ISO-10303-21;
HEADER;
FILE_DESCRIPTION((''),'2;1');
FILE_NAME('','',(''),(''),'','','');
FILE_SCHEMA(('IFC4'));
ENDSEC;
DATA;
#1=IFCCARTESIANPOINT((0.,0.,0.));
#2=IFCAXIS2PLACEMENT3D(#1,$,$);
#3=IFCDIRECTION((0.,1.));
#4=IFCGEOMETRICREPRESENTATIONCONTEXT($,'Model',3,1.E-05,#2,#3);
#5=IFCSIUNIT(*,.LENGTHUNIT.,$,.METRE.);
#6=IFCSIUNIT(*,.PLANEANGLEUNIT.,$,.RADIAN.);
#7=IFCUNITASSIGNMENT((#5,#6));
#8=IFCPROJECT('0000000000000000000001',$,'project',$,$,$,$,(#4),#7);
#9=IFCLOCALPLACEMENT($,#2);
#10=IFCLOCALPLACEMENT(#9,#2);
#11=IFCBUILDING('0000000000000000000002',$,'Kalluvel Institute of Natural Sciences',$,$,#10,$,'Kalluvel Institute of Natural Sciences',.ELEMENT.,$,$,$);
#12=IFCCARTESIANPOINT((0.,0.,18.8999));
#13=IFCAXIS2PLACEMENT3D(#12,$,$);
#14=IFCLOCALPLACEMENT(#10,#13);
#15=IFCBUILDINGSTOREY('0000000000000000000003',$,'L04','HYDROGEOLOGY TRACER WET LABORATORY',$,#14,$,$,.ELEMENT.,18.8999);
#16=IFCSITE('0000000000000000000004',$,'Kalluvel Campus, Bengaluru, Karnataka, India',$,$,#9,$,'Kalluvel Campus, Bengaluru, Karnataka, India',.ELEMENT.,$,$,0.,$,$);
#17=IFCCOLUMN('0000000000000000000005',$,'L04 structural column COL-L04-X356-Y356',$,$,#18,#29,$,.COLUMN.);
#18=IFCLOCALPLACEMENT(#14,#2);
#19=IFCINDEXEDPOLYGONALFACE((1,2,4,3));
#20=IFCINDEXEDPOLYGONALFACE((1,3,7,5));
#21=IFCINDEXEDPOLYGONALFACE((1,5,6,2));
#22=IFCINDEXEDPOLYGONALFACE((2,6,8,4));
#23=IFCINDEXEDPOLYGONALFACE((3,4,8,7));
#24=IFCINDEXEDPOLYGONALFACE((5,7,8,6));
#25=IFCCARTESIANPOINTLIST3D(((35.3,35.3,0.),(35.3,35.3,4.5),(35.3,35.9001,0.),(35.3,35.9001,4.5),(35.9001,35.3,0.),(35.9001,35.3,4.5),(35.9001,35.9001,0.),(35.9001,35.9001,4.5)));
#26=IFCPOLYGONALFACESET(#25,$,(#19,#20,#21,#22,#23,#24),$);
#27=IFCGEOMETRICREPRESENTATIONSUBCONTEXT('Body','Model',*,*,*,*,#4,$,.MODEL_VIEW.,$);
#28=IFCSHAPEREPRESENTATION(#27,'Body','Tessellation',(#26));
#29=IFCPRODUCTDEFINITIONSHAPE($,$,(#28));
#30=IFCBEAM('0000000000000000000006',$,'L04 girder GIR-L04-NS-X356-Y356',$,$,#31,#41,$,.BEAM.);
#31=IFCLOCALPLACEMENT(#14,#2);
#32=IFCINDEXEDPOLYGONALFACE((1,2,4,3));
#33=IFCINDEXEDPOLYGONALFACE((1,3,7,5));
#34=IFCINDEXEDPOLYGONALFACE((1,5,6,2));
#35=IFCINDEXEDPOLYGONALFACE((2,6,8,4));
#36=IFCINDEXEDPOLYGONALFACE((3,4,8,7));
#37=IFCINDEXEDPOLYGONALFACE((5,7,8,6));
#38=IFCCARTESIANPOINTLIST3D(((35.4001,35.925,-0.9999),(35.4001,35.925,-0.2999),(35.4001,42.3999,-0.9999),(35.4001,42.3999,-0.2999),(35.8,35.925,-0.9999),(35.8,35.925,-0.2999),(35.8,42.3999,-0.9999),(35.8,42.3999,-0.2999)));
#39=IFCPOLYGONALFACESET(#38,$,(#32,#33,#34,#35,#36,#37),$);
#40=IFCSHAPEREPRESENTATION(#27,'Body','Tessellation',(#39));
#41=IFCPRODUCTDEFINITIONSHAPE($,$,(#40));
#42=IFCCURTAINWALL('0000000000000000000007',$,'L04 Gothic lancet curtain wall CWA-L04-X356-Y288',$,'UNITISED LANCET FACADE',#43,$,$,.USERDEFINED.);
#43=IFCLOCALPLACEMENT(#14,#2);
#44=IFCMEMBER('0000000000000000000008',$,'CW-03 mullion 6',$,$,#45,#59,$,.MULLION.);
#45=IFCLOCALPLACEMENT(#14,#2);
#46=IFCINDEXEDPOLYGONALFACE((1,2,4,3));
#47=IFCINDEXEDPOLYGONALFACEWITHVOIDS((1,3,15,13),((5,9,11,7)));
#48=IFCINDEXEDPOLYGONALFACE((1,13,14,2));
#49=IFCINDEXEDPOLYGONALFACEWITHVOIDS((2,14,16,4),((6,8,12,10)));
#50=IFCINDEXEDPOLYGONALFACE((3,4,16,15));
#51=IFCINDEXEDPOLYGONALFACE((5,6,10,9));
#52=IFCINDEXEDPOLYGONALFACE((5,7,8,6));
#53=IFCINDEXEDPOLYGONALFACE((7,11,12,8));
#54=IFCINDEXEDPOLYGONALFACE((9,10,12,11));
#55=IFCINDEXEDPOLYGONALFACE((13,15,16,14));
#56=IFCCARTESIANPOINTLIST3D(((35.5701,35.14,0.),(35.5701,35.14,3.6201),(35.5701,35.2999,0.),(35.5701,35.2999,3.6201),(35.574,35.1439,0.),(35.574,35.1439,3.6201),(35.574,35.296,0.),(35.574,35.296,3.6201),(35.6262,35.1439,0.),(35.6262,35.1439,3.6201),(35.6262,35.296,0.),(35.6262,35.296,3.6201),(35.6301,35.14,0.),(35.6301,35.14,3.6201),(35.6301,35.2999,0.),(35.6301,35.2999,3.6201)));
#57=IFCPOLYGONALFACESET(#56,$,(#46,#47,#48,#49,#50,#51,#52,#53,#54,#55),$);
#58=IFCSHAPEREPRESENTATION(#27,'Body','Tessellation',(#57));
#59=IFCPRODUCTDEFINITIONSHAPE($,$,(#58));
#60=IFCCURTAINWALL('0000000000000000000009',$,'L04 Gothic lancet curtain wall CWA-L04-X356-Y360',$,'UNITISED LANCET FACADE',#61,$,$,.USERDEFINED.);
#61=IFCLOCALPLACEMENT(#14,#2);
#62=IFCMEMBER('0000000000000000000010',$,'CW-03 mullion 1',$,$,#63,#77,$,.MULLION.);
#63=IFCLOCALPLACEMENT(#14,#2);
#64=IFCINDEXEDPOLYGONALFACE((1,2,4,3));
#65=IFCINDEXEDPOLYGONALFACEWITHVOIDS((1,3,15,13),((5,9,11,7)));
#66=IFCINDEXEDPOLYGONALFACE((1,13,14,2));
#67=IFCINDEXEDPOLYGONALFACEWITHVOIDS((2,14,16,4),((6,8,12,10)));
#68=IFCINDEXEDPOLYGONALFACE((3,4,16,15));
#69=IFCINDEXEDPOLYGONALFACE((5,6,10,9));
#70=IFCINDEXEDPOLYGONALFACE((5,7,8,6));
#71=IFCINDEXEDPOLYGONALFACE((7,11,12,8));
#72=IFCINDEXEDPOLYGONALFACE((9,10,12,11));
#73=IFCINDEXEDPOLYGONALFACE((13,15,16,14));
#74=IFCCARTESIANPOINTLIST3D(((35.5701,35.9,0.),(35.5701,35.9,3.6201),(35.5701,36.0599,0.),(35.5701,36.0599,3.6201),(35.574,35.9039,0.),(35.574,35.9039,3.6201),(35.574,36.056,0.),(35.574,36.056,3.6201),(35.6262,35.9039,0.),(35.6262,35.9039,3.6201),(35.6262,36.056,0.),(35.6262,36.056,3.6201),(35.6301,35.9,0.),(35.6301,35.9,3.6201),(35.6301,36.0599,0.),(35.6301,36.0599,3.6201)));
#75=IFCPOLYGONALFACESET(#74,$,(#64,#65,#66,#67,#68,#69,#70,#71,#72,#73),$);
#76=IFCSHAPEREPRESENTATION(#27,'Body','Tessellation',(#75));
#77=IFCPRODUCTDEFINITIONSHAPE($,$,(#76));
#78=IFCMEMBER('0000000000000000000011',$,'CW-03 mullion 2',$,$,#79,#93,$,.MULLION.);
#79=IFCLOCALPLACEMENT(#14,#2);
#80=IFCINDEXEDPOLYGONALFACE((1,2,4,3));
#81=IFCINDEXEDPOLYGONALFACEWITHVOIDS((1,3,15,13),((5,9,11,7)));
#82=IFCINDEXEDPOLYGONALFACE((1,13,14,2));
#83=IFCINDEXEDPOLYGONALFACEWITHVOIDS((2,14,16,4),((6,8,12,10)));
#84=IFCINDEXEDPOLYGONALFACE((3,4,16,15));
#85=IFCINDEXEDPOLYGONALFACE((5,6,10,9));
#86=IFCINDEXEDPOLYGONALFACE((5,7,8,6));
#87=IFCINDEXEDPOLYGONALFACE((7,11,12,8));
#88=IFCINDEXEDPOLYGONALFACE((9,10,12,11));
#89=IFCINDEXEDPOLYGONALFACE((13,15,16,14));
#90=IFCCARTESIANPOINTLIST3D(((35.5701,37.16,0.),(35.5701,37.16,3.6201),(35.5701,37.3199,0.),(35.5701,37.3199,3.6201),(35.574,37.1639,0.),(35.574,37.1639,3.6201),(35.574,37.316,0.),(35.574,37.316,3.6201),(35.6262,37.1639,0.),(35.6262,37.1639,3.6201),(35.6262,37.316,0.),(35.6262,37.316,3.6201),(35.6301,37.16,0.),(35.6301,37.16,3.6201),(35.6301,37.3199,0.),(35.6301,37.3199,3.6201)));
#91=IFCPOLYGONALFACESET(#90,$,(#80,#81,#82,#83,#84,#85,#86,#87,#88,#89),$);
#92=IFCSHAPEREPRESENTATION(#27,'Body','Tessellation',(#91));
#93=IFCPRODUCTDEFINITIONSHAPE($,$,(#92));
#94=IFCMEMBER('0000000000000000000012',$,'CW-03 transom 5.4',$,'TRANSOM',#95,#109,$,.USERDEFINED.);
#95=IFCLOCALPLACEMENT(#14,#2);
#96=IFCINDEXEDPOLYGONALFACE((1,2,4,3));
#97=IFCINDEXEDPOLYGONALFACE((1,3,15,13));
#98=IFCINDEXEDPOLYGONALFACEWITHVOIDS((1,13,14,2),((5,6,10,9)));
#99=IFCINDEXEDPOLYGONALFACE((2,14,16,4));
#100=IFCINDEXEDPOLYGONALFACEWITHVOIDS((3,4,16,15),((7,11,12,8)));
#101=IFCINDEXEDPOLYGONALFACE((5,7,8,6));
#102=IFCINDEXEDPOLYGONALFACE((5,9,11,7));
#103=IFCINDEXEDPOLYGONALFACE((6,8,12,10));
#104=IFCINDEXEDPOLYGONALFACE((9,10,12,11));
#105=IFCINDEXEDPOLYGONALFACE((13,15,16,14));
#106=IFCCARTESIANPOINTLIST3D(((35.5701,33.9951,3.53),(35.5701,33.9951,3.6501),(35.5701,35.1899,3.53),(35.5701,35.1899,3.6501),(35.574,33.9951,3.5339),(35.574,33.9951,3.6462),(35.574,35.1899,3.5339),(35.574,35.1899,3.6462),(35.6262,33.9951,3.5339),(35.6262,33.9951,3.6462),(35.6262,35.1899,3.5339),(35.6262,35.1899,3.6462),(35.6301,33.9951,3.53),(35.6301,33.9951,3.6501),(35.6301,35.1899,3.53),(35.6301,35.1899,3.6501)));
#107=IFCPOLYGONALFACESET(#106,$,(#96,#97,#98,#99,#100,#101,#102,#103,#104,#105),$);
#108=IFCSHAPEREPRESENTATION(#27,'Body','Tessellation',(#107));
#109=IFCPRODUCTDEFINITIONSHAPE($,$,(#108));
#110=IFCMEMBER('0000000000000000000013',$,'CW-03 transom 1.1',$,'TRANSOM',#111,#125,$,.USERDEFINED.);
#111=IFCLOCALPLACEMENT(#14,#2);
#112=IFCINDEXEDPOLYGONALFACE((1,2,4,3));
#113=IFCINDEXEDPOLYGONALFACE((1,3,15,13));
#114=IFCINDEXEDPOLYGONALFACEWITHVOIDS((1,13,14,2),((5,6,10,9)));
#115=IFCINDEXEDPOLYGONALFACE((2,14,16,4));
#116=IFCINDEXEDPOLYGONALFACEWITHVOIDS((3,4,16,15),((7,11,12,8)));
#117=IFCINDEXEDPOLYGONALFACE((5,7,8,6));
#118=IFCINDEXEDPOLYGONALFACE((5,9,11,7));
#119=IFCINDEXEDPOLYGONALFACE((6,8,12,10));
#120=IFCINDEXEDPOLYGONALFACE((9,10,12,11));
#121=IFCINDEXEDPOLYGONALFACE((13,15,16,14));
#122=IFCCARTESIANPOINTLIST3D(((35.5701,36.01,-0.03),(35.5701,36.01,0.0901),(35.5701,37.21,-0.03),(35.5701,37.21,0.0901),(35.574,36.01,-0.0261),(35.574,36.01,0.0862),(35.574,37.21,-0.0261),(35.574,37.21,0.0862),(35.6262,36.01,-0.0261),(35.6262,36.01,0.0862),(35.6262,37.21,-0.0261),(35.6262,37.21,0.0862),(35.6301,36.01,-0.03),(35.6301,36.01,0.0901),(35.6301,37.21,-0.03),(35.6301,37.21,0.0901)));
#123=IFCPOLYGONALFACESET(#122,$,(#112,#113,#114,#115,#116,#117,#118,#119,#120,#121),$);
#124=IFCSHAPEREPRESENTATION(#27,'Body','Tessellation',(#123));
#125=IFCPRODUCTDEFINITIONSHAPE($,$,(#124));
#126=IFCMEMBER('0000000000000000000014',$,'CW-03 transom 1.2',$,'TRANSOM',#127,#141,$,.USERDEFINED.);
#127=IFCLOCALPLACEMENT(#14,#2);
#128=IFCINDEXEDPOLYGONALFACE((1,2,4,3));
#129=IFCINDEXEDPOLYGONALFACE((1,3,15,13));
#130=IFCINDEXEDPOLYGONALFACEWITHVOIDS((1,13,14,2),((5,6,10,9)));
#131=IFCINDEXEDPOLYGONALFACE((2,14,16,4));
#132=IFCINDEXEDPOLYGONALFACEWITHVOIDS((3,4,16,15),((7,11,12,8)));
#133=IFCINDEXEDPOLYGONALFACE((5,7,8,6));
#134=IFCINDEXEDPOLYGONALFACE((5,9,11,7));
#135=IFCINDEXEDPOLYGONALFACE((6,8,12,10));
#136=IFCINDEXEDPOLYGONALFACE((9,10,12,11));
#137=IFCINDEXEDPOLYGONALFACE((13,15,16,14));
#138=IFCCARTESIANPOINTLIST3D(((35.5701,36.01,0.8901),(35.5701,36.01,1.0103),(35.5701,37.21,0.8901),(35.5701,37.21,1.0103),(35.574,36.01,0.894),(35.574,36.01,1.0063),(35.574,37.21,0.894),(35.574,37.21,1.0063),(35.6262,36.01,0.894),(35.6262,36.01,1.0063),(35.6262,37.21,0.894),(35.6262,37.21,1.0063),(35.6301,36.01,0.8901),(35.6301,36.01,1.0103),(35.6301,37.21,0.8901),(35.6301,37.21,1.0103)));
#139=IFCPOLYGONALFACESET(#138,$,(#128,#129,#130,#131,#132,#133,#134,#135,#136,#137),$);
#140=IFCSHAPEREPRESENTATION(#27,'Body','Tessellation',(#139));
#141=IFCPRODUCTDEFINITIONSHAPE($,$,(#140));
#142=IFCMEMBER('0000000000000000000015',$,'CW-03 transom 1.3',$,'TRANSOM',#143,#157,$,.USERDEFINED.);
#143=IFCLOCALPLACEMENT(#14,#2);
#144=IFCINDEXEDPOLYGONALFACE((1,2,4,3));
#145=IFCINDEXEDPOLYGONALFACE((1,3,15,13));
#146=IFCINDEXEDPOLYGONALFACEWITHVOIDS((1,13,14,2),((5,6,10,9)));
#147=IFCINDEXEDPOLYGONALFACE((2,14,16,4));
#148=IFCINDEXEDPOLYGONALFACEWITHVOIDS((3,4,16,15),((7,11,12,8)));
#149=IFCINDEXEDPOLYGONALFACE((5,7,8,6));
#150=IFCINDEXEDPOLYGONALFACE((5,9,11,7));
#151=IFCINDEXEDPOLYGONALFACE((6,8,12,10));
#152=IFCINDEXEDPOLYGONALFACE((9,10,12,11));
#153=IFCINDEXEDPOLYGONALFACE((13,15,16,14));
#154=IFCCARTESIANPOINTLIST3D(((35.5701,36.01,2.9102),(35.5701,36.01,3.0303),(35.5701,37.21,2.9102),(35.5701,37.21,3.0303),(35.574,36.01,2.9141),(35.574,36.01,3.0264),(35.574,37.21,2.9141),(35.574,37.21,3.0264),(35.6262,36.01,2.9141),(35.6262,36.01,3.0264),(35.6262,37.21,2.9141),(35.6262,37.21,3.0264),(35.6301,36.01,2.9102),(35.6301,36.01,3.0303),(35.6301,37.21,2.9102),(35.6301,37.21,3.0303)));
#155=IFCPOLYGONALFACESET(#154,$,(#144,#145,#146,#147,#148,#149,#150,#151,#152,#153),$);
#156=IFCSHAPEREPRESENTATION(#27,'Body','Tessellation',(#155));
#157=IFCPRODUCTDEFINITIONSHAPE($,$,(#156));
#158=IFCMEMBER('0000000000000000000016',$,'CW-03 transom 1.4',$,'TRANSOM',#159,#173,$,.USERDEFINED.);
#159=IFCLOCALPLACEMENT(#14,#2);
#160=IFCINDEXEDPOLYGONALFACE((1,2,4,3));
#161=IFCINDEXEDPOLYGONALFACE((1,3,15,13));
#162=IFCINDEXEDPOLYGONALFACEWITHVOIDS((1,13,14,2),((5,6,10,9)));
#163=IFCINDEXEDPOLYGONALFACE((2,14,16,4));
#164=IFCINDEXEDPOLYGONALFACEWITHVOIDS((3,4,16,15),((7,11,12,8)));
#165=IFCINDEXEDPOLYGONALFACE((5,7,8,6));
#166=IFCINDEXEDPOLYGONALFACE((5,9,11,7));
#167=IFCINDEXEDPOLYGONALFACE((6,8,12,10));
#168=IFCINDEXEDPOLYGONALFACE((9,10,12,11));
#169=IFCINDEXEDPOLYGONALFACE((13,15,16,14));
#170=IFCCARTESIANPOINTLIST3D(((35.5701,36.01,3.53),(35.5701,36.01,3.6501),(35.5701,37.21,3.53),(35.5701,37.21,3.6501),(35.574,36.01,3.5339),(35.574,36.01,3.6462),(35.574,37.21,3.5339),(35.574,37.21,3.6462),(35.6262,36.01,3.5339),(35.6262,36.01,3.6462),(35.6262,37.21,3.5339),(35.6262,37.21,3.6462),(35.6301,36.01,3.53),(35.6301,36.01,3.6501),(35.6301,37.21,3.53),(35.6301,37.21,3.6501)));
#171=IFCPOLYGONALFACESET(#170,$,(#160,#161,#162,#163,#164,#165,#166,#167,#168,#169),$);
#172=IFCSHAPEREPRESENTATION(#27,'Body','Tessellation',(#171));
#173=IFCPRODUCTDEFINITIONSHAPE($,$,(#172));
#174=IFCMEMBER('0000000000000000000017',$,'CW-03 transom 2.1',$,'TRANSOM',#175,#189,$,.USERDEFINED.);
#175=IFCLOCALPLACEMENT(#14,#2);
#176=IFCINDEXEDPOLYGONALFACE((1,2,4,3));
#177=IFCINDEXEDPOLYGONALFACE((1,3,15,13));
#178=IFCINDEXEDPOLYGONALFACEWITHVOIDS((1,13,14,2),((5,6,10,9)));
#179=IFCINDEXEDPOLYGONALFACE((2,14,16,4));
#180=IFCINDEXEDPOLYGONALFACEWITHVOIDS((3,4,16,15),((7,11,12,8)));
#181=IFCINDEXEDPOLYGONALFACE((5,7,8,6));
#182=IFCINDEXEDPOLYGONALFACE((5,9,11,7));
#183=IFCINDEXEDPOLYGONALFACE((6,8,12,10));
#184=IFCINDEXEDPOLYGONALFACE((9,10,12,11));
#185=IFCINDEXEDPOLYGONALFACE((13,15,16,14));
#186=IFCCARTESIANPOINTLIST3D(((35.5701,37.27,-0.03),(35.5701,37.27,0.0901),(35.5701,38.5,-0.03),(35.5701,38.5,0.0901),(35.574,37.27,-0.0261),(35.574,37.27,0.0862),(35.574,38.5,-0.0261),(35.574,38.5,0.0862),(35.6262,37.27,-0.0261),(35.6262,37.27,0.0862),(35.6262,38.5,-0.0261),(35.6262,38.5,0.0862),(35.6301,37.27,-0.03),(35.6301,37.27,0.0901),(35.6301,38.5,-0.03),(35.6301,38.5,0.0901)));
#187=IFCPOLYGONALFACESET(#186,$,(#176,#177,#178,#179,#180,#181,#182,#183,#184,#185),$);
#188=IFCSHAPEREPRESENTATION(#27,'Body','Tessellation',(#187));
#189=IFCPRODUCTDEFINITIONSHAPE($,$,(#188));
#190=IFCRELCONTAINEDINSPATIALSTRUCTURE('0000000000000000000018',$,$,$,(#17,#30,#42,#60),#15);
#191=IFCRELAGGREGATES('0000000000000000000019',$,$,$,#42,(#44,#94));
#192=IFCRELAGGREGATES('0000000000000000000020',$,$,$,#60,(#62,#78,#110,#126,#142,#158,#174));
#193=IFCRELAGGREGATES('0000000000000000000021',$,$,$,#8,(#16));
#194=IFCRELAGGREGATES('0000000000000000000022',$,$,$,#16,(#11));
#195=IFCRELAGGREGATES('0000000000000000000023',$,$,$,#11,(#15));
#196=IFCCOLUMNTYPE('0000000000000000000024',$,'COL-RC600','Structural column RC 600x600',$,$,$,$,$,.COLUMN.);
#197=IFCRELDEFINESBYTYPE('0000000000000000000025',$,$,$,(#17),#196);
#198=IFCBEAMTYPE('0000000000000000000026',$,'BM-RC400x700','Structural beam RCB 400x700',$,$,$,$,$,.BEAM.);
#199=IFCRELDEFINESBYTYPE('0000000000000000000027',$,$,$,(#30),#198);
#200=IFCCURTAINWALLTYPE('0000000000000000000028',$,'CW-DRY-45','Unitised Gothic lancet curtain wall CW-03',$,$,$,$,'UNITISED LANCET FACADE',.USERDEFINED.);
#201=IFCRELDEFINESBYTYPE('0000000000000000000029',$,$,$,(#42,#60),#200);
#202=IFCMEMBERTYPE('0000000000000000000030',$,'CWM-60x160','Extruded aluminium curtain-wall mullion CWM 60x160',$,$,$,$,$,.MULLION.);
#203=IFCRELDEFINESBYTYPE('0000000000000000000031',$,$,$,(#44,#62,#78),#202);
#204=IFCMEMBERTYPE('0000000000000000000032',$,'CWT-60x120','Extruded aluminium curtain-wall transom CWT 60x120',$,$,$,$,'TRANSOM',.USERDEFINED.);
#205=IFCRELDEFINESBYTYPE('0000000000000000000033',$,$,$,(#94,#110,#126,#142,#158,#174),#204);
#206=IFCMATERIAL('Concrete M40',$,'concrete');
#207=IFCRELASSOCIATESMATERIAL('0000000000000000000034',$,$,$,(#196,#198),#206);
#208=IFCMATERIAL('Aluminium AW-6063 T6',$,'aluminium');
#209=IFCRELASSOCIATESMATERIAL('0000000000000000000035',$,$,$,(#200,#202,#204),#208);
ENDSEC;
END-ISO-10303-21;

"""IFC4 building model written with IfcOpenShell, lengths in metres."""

from ifc_helpers import new_model, si_unit, direction, frame, origin, origin_2d, place, context, subcontext, project, spatial, rectangle, hollow_rectangle, extrude, material, material_profile, profile_set, type_object, element, aggregate, save


model = new_model("IFC4")

# Units and contexts
model_context = context("Model", 3, precision=1e-05, world=origin(), true_north=direction((0.0, 1.0)))
body_context = subcontext(model_context, "Body", "Model", "MODEL_VIEW")
ifc_project = project(units=[si_unit("LENGTHUNIT", "METRE"), si_unit("PLANEANGLEUNIT", "RADIAN")], contexts=[model_context])

# Site, building, storey
site_placement = place(None, origin())
site = spatial("IfcSite", under=ifc_project, at=site_placement, Name="Kalluvel Campus, Bengaluru, Karnataka, India", LongName="Kalluvel Campus, Bengaluru, Karnataka, India", CompositionType="ELEMENT", RefElevation=0.0)
building_placement = place(site_placement, origin())
building = spatial("IfcBuilding", under=site, at=building_placement, Name="Kalluvel Institute of Natural Sciences", LongName="Kalluvel Institute of Natural Sciences", CompositionType="ELEMENT")
storey_placement = place(building_placement, frame((0.0, 0.0, 18.8999)))
storey = spatial("IfcBuildingStorey", under=building, at=storey_placement, Name="L04", Description="HYDROGEOLOGY TRACER WET LABORATORY", CompositionType="ELEMENT", Elevation=18.8999)

# Column
ifc_material_1 = material(Name="Concrete M40", Category="concrete")
ifc_material_profile_1 = material_profile(ifc_material_1, rectangle(XDim=0.6001, YDim=0.6001, at=origin_2d()), Name="RC 600x600")
ifc_profile_set_1 = profile_set([ifc_material_profile_1], Name="Concrete M40")
column_type = type_object("IfcColumnType", Name="COL-RC600", Description="Structural column RC 600x600", PredefinedType="COLUMN", material=ifc_profile_set_1)
column_placement = place(storey_placement, frame((35.6001, 35.6001, 0.0), z_axis=(0.0, 0.0, 1.0), x_axis=(1.0, 0.0, 0.0)))
element("IfcColumn", 1, at=column_placement, inside=storey, type_object=column_type, Name="L04 structural column COL-L04-X356-Y356", PredefinedType="COLUMN", context=body_context, shape_type="SweptSolid", body=[
    extrude(rectangle(XDim=0.6001, YDim=0.6001, at=origin_2d()), origin(), (0.0, 0.0, 1.0), 4.5),
])

# Beam
ifc_material_profile_2 = material_profile(ifc_material_1, rectangle(XDim=0.3999, YDim=0.7, at=origin_2d()), Name="RCB 400x700")
ifc_profile_set_2 = profile_set([ifc_material_profile_2], Name="Concrete M40")
beam_type = type_object("IfcBeamType", Name="BM-RC400x700", Description="Structural beam RCB 400x700", PredefinedType="BEAM", material=ifc_profile_set_2)
beam_placement = place(storey_placement, frame((35.6001, 35.925, -0.6499), z_axis=(0.0, 1.0, 0.0), x_axis=(-1.0, 0.0, 0.0)))
element("IfcBeam", 2, at=beam_placement, inside=storey, type_object=beam_type, Name="L04 girder GIR-L04-NS-X356-Y356", PredefinedType="BEAM", context=body_context, shape_type="SweptSolid", body=[
    extrude(rectangle(XDim=0.3999, YDim=0.7, at=origin_2d()), origin(), (0.0, 0.0, 1.0), 6.4749),
])

# Curtain wall, member
ifc_material_2 = material(Name="Aluminium AW-6063 T6", Category="aluminium")
curtain_wall_type = type_object("IfcCurtainWallType", Name="CW-DRY-45", Description="Unitised Gothic lancet curtain wall CW-03", ElementType="UNITISED LANCET FACADE", PredefinedType="USERDEFINED", material=ifc_material_2)
curtain_wall_1_placement = place(storey_placement, origin())
curtain_wall_1 = element("IfcCurtainWall", 3, at=curtain_wall_1_placement, inside=storey, type_object=curtain_wall_type, Name="L04 Gothic lancet curtain wall CWA-L04-X356-Y288", ObjectType="UNITISED LANCET FACADE", PredefinedType="USERDEFINED")
ifc_material_profile_3 = material_profile(ifc_material_2, hollow_rectangle(XDim=0.0601, YDim=0.1599, WallThickness=0.0039, at=origin_2d()), Name="CWM 60x160")
ifc_profile_set_3 = profile_set([ifc_material_profile_3], Name="Aluminium AW-6063 T6")
member_type_1 = type_object("IfcMemberType", Name="CWM-60x160", Description="Extruded aluminium curtain-wall mullion CWM 60x160", PredefinedType="MULLION", material=ifc_profile_set_3)
member_1_placement = place(storey_placement, frame((35.6001, 35.22, 0.0), z_axis=(0.0, 0.0, 1.0), x_axis=(-1.0, 0.0, 0.0)))
member_1 = element("IfcMember", 4, at=member_1_placement, type_object=member_type_1, Name="CW-03 mullion 6", PredefinedType="MULLION", context=body_context, shape_type="SweptSolid", body=[
    extrude(hollow_rectangle(XDim=0.0601, YDim=0.1599, WallThickness=0.0039, at=origin_2d()), origin(), (0.0, 0.0, 1.0), 3.6201),
])

# Curtain wall, members
curtain_wall_2_placement = place(storey_placement, origin())
curtain_wall_2 = element("IfcCurtainWall", 5, at=curtain_wall_2_placement, inside=storey, type_object=curtain_wall_type, Name="L04 Gothic lancet curtain wall CWA-L04-X356-Y360", ObjectType="UNITISED LANCET FACADE", PredefinedType="USERDEFINED")
member_2_placement = place(storey_placement, frame((35.6001, 35.98, 0.0), z_axis=(0.0, 0.0, 1.0), x_axis=(-1.0, 0.0, 0.0)))
member_2 = element("IfcMember", 6, at=member_2_placement, type_object=member_type_1, Name="CW-03 mullion 1", PredefinedType="MULLION", context=body_context, shape_type="SweptSolid", body=[
    extrude(hollow_rectangle(XDim=0.0601, YDim=0.1599, WallThickness=0.0039, at=origin_2d()), origin(), (0.0, 0.0, 1.0), 3.6201),
])
member_3_placement = place(storey_placement, frame((35.6001, 37.24, 0.0), z_axis=(0.0, 0.0, 1.0), x_axis=(-1.0, 0.0, 0.0)))
member_3 = element("IfcMember", 7, at=member_3_placement, type_object=member_type_1, Name="CW-03 mullion 2", PredefinedType="MULLION", context=body_context, shape_type="SweptSolid", body=[
    extrude(hollow_rectangle(XDim=0.0601, YDim=0.1599, WallThickness=0.0039, at=origin_2d()), origin(), (0.0, 0.0, 1.0), 3.6201),
])

# Members
ifc_material_profile_4 = material_profile(ifc_material_2, hollow_rectangle(XDim=0.0601, YDim=0.1201, WallThickness=0.0039, at=origin_2d()), Name="CWT 60x120")
ifc_profile_set_4 = profile_set([ifc_material_profile_4], Name="Aluminium AW-6063 T6")
member_type_2 = type_object("IfcMemberType", Name="CWT-60x120", Description="Extruded aluminium curtain-wall transom CWT 60x120", ElementType="TRANSOM", PredefinedType="USERDEFINED", material=ifc_profile_set_4)
member_4_placement = place(storey_placement, frame((35.6001, 33.9951, 3.5901), z_axis=(0.0, 1.0, 0.0), x_axis=(-1.0, 0.0, 0.0)))
member_4 = element("IfcMember", 8, at=member_4_placement, type_object=member_type_2, Name="CW-03 transom 5.4", ObjectType="TRANSOM", PredefinedType="USERDEFINED", context=body_context, shape_type="SweptSolid", body=[
    extrude(hollow_rectangle(XDim=0.0601, YDim=0.1201, WallThickness=0.0039, at=origin_2d()), origin(), (0.0, 0.0, 1.0), 1.1948),
])
member_5_placement = place(storey_placement, frame((35.6001, 36.01, 0.03), z_axis=(0.0, 1.0, 0.0), x_axis=(-1.0, 0.0, 0.0)))
member_5 = element("IfcMember", 9, at=member_5_placement, type_object=member_type_2, Name="CW-03 transom 1.1", ObjectType="TRANSOM", PredefinedType="USERDEFINED", context=body_context, shape_type="SweptSolid", body=[
    extrude(hollow_rectangle(XDim=0.0601, YDim=0.1201, WallThickness=0.0039, at=origin_2d()), origin(), (0.0, 0.0, 1.0), 1.2),
])
member_6_placement = place(storey_placement, frame((35.6001, 36.01, 0.9502), z_axis=(0.0, 1.0, 0.0), x_axis=(-1.0, 0.0, 0.0)))
member_6 = element("IfcMember", 10, at=member_6_placement, type_object=member_type_2, Name="CW-03 transom 1.2", ObjectType="TRANSOM", PredefinedType="USERDEFINED", context=body_context, shape_type="SweptSolid", body=[
    extrude(hollow_rectangle(XDim=0.0601, YDim=0.1201, WallThickness=0.0039, at=origin_2d()), origin(), (0.0, 0.0, 1.0), 1.2),
])
member_7_placement = place(storey_placement, frame((35.6001, 36.01, 2.9702), z_axis=(0.0, 1.0, 0.0), x_axis=(-1.0, 0.0, 0.0)))
member_7 = element("IfcMember", 11, at=member_7_placement, type_object=member_type_2, Name="CW-03 transom 1.3", ObjectType="TRANSOM", PredefinedType="USERDEFINED", context=body_context, shape_type="SweptSolid", body=[
    extrude(hollow_rectangle(XDim=0.0601, YDim=0.1201, WallThickness=0.0039, at=origin_2d()), origin(), (0.0, 0.0, 1.0), 1.2),
])
member_8_placement = place(storey_placement, frame((35.6001, 36.01, 3.5901), z_axis=(0.0, 1.0, 0.0), x_axis=(-1.0, 0.0, 0.0)))
member_8 = element("IfcMember", 12, at=member_8_placement, type_object=member_type_2, Name="CW-03 transom 1.4", ObjectType="TRANSOM", PredefinedType="USERDEFINED", context=body_context, shape_type="SweptSolid", body=[
    extrude(hollow_rectangle(XDim=0.0601, YDim=0.1201, WallThickness=0.0039, at=origin_2d()), origin(), (0.0, 0.0, 1.0), 1.2),
])
member_9_placement = place(storey_placement, frame((35.6001, 37.27, 0.03), z_axis=(0.0, 1.0, 0.0), x_axis=(-1.0, 0.0, 0.0)))
member_9 = element("IfcMember", 13, at=member_9_placement, type_object=member_type_2, Name="CW-03 transom 2.1", ObjectType="TRANSOM", PredefinedType="USERDEFINED", context=body_context, shape_type="SweptSolid", body=[
    extrude(hollow_rectangle(XDim=0.0601, YDim=0.1201, WallThickness=0.0039, at=origin_2d()), origin(), (0.0, 0.0, 1.0), 1.23),
])

aggregate(curtain_wall_1, [member_1, member_4])
aggregate(curtain_wall_2, [member_2, member_3, member_5, member_6, member_7, member_8, member_9])

save(model, "model.ifc")
